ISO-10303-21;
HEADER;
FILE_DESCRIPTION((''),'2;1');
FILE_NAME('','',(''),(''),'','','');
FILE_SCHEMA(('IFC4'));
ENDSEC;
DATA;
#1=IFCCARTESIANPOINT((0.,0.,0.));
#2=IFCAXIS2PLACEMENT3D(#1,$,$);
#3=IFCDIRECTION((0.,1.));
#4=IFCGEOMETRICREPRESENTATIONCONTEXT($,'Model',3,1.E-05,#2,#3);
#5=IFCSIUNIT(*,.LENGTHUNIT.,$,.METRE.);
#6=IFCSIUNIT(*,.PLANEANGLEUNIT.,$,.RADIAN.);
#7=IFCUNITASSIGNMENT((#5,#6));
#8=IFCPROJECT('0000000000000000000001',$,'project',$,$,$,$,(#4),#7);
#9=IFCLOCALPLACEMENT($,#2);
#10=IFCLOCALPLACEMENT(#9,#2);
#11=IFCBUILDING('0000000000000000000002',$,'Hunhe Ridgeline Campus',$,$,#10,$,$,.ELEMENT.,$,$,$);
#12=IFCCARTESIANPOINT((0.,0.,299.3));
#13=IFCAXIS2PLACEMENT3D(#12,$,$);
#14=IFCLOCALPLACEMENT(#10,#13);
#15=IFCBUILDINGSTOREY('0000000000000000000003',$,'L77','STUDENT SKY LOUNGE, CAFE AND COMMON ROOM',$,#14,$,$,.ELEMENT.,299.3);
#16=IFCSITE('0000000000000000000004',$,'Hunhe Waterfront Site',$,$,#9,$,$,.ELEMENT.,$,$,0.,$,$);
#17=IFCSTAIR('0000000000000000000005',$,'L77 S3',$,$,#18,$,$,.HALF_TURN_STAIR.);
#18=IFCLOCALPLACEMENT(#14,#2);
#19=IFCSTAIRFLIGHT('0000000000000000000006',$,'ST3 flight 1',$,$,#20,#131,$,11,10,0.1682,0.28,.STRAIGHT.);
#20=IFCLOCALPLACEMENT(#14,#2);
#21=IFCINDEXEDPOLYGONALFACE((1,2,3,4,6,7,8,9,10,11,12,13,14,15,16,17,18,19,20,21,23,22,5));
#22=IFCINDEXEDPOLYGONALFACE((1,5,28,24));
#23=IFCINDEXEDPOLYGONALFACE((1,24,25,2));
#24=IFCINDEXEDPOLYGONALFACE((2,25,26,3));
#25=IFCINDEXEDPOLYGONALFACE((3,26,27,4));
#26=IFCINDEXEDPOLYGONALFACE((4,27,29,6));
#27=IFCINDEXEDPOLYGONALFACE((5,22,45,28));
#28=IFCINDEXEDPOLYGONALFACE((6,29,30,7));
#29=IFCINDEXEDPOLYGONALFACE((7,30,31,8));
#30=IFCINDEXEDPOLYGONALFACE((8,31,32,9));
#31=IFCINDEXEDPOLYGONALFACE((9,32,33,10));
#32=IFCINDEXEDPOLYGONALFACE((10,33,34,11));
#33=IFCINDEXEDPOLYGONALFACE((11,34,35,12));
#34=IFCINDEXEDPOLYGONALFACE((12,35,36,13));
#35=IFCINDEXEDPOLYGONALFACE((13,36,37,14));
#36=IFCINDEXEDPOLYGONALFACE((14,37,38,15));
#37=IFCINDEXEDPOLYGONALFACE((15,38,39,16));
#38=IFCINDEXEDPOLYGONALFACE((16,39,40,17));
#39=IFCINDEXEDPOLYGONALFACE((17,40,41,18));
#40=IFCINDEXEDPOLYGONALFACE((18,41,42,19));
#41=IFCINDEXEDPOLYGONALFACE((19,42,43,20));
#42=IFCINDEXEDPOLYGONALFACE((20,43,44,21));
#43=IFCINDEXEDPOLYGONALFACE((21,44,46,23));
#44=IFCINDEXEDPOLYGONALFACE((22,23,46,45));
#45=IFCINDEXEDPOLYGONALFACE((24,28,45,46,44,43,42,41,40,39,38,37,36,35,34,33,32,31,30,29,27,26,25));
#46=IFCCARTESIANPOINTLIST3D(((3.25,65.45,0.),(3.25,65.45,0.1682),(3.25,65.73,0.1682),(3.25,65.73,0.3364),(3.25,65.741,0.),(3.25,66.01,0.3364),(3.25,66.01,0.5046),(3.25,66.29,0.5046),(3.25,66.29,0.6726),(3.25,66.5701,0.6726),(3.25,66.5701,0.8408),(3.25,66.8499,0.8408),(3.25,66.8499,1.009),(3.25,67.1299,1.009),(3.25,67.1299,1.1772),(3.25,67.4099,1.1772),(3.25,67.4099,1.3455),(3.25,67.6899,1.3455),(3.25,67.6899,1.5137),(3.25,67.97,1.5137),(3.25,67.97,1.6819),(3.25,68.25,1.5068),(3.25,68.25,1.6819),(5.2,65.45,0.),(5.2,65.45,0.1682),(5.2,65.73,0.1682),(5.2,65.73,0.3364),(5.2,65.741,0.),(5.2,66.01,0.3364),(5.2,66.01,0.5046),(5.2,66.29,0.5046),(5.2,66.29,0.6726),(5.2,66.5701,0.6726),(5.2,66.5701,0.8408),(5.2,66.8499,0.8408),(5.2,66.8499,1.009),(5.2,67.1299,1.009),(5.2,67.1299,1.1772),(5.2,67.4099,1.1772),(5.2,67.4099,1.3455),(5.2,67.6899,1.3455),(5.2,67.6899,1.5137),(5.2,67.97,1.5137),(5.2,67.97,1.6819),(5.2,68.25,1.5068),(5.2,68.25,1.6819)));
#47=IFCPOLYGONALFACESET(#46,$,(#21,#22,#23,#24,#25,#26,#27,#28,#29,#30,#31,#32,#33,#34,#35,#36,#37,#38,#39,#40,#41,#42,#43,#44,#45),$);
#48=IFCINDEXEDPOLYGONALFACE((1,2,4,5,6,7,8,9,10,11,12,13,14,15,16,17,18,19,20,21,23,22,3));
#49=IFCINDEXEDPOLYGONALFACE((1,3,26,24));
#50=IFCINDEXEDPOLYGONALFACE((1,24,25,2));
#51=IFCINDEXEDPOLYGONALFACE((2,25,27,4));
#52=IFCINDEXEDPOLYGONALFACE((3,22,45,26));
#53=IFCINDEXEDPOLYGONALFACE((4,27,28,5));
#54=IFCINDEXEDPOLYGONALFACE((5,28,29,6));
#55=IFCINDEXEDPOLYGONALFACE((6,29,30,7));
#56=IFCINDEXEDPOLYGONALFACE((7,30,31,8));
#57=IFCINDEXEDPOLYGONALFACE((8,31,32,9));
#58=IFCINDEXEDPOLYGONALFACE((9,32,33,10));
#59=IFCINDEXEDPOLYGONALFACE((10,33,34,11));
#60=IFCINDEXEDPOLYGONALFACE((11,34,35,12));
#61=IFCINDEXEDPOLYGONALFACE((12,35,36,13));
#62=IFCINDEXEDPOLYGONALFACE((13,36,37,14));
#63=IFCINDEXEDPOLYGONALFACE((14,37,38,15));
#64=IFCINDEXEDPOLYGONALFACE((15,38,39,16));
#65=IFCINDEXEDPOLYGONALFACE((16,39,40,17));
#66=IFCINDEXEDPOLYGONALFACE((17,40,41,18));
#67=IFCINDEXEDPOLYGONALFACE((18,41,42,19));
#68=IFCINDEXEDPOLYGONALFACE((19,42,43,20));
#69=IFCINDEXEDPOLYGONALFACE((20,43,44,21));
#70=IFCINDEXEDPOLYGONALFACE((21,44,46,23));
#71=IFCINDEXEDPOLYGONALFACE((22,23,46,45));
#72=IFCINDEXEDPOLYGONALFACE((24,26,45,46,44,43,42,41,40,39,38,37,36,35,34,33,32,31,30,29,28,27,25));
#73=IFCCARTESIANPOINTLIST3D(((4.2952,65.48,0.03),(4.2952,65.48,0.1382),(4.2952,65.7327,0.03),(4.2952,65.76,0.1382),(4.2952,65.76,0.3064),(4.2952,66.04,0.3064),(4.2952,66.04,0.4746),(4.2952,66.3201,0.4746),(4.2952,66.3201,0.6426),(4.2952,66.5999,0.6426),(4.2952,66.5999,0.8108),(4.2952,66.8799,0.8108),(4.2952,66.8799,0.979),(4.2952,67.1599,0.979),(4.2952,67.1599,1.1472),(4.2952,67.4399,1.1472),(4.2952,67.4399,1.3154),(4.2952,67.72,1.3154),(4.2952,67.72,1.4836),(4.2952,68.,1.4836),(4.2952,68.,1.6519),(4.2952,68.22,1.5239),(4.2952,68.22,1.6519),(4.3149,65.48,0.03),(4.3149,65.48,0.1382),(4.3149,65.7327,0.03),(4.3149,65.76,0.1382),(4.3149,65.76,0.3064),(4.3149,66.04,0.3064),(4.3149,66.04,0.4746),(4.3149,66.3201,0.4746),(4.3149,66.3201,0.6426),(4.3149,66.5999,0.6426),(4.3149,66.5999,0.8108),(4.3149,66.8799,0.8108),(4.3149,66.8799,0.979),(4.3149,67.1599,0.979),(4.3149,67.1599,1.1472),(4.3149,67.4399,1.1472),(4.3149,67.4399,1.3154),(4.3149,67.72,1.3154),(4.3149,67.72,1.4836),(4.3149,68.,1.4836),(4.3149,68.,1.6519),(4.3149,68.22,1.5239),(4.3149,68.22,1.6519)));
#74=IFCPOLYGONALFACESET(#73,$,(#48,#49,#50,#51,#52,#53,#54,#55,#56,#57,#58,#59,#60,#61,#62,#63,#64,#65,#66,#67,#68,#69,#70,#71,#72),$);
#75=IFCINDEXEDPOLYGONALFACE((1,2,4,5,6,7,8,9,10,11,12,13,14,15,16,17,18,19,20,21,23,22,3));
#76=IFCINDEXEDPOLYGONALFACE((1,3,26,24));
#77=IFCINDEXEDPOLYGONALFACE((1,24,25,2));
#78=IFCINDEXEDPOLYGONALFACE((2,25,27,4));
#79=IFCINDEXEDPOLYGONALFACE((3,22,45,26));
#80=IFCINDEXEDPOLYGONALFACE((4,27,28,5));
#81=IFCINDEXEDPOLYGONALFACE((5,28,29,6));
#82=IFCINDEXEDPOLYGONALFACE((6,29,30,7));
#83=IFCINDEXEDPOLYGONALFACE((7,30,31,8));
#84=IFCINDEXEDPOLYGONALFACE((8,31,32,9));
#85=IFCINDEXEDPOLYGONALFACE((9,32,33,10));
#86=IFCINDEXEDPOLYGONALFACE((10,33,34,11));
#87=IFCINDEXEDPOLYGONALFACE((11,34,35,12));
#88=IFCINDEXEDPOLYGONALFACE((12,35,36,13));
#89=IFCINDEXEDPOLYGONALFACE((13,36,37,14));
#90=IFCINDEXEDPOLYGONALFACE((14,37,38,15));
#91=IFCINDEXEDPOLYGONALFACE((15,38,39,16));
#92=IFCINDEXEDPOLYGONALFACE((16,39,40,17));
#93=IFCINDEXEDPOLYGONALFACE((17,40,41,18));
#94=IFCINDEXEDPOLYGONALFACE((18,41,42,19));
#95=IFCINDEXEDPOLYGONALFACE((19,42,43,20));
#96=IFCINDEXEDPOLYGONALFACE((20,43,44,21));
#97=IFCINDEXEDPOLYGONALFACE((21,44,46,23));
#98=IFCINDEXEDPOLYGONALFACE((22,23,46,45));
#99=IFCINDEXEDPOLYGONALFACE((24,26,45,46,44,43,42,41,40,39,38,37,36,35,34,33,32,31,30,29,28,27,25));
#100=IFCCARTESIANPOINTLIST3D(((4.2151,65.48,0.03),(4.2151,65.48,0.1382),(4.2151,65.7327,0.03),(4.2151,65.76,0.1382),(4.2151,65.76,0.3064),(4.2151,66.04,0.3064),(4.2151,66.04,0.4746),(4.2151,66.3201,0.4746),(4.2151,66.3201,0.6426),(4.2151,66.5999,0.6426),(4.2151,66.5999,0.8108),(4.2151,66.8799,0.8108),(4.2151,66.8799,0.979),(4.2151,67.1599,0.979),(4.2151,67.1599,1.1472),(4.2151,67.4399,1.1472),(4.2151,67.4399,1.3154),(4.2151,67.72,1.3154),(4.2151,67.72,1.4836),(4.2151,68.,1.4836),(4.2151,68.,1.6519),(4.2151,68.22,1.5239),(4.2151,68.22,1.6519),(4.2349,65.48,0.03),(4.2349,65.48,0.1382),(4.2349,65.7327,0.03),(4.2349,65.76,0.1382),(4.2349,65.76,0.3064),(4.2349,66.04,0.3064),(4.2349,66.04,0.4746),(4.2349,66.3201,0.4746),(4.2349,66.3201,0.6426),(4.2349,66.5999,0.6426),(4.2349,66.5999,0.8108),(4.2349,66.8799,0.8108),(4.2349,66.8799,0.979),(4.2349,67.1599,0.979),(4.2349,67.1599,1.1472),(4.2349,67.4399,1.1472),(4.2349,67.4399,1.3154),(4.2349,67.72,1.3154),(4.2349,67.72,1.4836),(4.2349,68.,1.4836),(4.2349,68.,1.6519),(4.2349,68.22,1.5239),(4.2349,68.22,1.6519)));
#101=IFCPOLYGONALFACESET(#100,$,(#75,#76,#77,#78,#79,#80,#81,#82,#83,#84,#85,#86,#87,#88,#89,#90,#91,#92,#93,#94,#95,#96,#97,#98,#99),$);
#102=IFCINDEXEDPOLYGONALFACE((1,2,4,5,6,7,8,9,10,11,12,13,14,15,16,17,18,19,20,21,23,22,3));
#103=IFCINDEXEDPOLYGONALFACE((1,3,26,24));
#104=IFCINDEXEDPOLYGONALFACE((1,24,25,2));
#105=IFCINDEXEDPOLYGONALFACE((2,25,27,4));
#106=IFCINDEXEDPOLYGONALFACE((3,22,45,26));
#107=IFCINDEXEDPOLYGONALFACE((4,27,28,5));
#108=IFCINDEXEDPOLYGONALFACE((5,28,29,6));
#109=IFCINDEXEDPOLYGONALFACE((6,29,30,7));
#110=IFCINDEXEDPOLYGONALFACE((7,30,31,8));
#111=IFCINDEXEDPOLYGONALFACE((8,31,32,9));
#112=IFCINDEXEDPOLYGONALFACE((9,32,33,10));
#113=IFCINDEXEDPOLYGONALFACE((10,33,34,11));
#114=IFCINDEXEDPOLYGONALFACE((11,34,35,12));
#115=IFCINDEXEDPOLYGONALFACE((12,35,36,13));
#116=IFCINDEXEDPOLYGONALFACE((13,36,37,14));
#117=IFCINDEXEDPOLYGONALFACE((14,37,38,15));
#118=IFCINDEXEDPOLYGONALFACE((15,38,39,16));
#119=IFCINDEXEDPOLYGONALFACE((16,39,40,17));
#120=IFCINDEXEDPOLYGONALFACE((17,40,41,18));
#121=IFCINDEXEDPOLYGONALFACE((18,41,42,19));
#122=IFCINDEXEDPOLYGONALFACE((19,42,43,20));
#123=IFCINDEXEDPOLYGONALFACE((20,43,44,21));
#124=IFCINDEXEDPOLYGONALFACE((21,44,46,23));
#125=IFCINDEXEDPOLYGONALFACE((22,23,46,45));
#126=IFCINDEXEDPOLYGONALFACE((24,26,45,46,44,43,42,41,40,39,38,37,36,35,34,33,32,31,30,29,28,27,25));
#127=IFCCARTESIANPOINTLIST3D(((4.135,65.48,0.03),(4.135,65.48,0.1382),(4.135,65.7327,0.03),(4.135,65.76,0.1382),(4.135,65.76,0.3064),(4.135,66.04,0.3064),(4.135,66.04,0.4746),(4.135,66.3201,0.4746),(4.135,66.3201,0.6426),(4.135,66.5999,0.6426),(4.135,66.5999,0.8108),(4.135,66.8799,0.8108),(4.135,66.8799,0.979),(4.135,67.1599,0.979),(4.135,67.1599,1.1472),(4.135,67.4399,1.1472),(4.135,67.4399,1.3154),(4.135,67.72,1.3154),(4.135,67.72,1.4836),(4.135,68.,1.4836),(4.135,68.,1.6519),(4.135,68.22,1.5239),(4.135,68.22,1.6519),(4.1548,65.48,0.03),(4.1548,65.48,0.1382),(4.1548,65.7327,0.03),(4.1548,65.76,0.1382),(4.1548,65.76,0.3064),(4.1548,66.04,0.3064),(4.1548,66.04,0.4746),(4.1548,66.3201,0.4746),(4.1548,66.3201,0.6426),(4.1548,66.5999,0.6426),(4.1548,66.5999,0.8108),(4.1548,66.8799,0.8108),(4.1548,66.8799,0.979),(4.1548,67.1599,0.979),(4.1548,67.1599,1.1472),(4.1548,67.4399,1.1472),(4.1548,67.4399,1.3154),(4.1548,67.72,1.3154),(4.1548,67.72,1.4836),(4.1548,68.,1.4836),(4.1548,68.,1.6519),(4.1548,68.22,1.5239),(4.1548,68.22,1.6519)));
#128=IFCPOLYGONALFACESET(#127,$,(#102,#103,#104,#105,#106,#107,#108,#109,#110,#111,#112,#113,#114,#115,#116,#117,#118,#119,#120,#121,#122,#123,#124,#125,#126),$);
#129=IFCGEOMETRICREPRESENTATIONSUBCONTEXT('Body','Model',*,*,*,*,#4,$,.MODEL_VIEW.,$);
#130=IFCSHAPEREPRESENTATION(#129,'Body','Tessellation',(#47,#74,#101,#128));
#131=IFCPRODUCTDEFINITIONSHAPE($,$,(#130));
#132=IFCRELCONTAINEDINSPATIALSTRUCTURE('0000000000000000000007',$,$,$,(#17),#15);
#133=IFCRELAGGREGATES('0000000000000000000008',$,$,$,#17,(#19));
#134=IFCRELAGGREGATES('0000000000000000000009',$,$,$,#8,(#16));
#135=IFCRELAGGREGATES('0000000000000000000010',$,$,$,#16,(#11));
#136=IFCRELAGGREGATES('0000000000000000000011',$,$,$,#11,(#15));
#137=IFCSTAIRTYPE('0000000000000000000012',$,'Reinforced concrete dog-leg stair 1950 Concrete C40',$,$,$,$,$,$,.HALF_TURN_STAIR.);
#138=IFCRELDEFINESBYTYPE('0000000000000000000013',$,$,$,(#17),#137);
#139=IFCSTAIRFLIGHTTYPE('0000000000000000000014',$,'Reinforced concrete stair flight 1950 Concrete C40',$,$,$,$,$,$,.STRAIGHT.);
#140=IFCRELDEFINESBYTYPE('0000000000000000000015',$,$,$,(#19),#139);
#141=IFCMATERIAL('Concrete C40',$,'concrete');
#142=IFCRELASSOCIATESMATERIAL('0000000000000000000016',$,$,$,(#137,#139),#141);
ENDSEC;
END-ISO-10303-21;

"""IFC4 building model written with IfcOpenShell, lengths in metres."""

from ifc_helpers import new_model, si_unit, direction, frame, origin, place, context, subcontext, project, spatial, polyline, outline, extrude, material, type_object, element, aggregate, save


model = new_model("IFC4")

# Units and contexts
model_context = context("Model", 3, precision=1e-05, world=origin(), true_north=direction((0.0, 1.0)))
body_context = subcontext(model_context, "Body", "Model", "MODEL_VIEW")
ifc_project = project(units=[si_unit("LENGTHUNIT", "METRE"), si_unit("PLANEANGLEUNIT", "RADIAN")], contexts=[model_context])

# Site, building, storey
site_placement = place(None, origin())
site = spatial("IfcSite", under=ifc_project, at=site_placement, Name="Hunhe Waterfront Site", CompositionType="ELEMENT", RefElevation=0.0)
building_placement = place(site_placement, origin())
building = spatial("IfcBuilding", under=site, at=building_placement, Name="Hunhe Ridgeline Campus", CompositionType="ELEMENT")
storey_placement = place(building_placement, frame((0.0, 0.0, 299.3)))
storey = spatial("IfcBuildingStorey", under=building, at=storey_placement, Name="L77", Description="STUDENT SKY LOUNGE, CAFE AND COMMON ROOM", CompositionType="ELEMENT", Elevation=299.3)

# Stair, stair flight
ifc_material_1 = material(Name="Concrete C40", Category="concrete")
stair_type = type_object("IfcStairType", Name="Reinforced concrete dog-leg stair 1950 Concrete C40", PredefinedType="HALF_TURN_STAIR", material=ifc_material_1)
stair_1_placement = place(storey_placement, origin())
stair_1 = element("IfcStair", 1, at=stair_1_placement, inside=storey, type_object=stair_type, Name="L77 S3", PredefinedType="HALF_TURN_STAIR")
stair_flight_type = type_object("IfcStairFlightType", Name="Reinforced concrete stair flight 1950 Concrete C40", PredefinedType="STRAIGHT", material=ifc_material_1)
stair_flight_1_placement = place(storey_placement, frame((4.2251, 65.45, 0.0), z_axis=(0.0, 0.0, 1.0), x_axis=(0.0, 1.0, 0.0)))
stair_flight_1 = element("IfcStairFlight", 2, at=stair_flight_1_placement, type_object=stair_flight_type, Name="ST3 flight 1", NumberOfRisers=11, NumberOfTreads=10, PredefinedType="STRAIGHT", RiserHeight=0.1682, TreadLength=0.28, context=body_context, shape_type="SweptSolid", body=[
    extrude(outline(polyline([(0.0, 0.0), (0.0, 0.1682), (0.28, 0.1682), (0.28, 0.3364), (0.5601, 0.3364), (0.5601, 0.5046), (0.8401, 0.5046), (0.8401, 0.6726), (1.1201, 0.6726), (1.1201, 0.8408), (1.3999, 0.8408), (1.3999, 1.009), (1.6799, 1.009), (1.6799, 1.1772), (1.96, 1.1772), (1.96, 1.3455), (2.24, 1.3455), (2.24, 1.5137), (2.52, 1.5137), (2.52, 1.6819), (2.8, 1.6819), (2.8, 1.8501), (2.8, 1.5068), (0.291, 0.0), (0.0, 0.0)])), frame((0.0, 0.9751, 0.0), z_axis=(0.0, -1.0, 0.0), x_axis=(1.0, 0.0, 0.0)), (0.0, 0.0, 1.0), 1.95),
    extrude(outline(polyline([(0.03, 0.03), (0.03, 0.1382), (0.3101, 0.1382), (0.3101, 0.3064), (0.5901, 0.3064), (0.5901, 0.4746), (0.8701, 0.4746), (0.8701, 0.6426), (1.1499, 0.6426), (1.1499, 0.8108), (1.4299, 0.8108), (1.4299, 0.979), (1.71, 0.979), (1.71, 1.1472), (1.99, 1.1472), (1.99, 1.3154), (2.27, 1.3154), (2.27, 1.4836), (2.55, 1.4836), (2.55, 1.6519), (2.77, 1.6519), (2.77, 1.5239), (0.2827, 0.03), (0.03, 0.03)])), frame((0.0, -0.0701, 0.0), z_axis=(0.0, -1.0, 0.0), x_axis=(1.0, 0.0, 0.0)), (0.0, 0.0, 1.0), 0.0198),
    extrude(outline(polyline([(0.03, 0.03), (0.03, 0.1382), (0.3101, 0.1382), (0.3101, 0.3064), (0.5901, 0.3064), (0.5901, 0.4746), (0.8701, 0.4746), (0.8701, 0.6426), (1.1499, 0.6426), (1.1499, 0.8108), (1.4299, 0.8108), (1.4299, 0.979), (1.71, 0.979), (1.71, 1.1472), (1.99, 1.1472), (1.99, 1.3154), (2.27, 1.3154), (2.27, 1.4836), (2.55, 1.4836), (2.55, 1.6519), (2.77, 1.6519), (2.77, 1.5239), (0.2827, 0.03), (0.03, 0.03)])), frame((0.0, 0.01, 0.0), z_axis=(0.0, -1.0, 0.0), x_axis=(1.0, 0.0, 0.0)), (0.0, 0.0, 1.0), 0.0198),
    extrude(outline(polyline([(0.03, 0.03), (0.03, 0.1382), (0.3101, 0.1382), (0.3101, 0.3064), (0.5901, 0.3064), (0.5901, 0.4746), (0.8701, 0.4746), (0.8701, 0.6426), (1.1499, 0.6426), (1.1499, 0.8108), (1.4299, 0.8108), (1.4299, 0.979), (1.71, 0.979), (1.71, 1.1472), (1.99, 1.1472), (1.99, 1.3154), (2.27, 1.3154), (2.27, 1.4836), (2.55, 1.4836), (2.55, 1.6519), (2.77, 1.6519), (2.77, 1.5239), (0.2827, 0.03), (0.03, 0.03)])), frame((0.0, 0.0901, 0.0), z_axis=(0.0, -1.0, 0.0), x_axis=(1.0, 0.0, 0.0)), (0.0, 0.0, 1.0), 0.0198),
])
aggregate(stair_1, [stair_flight_1])

save(model, "model.ifc")
